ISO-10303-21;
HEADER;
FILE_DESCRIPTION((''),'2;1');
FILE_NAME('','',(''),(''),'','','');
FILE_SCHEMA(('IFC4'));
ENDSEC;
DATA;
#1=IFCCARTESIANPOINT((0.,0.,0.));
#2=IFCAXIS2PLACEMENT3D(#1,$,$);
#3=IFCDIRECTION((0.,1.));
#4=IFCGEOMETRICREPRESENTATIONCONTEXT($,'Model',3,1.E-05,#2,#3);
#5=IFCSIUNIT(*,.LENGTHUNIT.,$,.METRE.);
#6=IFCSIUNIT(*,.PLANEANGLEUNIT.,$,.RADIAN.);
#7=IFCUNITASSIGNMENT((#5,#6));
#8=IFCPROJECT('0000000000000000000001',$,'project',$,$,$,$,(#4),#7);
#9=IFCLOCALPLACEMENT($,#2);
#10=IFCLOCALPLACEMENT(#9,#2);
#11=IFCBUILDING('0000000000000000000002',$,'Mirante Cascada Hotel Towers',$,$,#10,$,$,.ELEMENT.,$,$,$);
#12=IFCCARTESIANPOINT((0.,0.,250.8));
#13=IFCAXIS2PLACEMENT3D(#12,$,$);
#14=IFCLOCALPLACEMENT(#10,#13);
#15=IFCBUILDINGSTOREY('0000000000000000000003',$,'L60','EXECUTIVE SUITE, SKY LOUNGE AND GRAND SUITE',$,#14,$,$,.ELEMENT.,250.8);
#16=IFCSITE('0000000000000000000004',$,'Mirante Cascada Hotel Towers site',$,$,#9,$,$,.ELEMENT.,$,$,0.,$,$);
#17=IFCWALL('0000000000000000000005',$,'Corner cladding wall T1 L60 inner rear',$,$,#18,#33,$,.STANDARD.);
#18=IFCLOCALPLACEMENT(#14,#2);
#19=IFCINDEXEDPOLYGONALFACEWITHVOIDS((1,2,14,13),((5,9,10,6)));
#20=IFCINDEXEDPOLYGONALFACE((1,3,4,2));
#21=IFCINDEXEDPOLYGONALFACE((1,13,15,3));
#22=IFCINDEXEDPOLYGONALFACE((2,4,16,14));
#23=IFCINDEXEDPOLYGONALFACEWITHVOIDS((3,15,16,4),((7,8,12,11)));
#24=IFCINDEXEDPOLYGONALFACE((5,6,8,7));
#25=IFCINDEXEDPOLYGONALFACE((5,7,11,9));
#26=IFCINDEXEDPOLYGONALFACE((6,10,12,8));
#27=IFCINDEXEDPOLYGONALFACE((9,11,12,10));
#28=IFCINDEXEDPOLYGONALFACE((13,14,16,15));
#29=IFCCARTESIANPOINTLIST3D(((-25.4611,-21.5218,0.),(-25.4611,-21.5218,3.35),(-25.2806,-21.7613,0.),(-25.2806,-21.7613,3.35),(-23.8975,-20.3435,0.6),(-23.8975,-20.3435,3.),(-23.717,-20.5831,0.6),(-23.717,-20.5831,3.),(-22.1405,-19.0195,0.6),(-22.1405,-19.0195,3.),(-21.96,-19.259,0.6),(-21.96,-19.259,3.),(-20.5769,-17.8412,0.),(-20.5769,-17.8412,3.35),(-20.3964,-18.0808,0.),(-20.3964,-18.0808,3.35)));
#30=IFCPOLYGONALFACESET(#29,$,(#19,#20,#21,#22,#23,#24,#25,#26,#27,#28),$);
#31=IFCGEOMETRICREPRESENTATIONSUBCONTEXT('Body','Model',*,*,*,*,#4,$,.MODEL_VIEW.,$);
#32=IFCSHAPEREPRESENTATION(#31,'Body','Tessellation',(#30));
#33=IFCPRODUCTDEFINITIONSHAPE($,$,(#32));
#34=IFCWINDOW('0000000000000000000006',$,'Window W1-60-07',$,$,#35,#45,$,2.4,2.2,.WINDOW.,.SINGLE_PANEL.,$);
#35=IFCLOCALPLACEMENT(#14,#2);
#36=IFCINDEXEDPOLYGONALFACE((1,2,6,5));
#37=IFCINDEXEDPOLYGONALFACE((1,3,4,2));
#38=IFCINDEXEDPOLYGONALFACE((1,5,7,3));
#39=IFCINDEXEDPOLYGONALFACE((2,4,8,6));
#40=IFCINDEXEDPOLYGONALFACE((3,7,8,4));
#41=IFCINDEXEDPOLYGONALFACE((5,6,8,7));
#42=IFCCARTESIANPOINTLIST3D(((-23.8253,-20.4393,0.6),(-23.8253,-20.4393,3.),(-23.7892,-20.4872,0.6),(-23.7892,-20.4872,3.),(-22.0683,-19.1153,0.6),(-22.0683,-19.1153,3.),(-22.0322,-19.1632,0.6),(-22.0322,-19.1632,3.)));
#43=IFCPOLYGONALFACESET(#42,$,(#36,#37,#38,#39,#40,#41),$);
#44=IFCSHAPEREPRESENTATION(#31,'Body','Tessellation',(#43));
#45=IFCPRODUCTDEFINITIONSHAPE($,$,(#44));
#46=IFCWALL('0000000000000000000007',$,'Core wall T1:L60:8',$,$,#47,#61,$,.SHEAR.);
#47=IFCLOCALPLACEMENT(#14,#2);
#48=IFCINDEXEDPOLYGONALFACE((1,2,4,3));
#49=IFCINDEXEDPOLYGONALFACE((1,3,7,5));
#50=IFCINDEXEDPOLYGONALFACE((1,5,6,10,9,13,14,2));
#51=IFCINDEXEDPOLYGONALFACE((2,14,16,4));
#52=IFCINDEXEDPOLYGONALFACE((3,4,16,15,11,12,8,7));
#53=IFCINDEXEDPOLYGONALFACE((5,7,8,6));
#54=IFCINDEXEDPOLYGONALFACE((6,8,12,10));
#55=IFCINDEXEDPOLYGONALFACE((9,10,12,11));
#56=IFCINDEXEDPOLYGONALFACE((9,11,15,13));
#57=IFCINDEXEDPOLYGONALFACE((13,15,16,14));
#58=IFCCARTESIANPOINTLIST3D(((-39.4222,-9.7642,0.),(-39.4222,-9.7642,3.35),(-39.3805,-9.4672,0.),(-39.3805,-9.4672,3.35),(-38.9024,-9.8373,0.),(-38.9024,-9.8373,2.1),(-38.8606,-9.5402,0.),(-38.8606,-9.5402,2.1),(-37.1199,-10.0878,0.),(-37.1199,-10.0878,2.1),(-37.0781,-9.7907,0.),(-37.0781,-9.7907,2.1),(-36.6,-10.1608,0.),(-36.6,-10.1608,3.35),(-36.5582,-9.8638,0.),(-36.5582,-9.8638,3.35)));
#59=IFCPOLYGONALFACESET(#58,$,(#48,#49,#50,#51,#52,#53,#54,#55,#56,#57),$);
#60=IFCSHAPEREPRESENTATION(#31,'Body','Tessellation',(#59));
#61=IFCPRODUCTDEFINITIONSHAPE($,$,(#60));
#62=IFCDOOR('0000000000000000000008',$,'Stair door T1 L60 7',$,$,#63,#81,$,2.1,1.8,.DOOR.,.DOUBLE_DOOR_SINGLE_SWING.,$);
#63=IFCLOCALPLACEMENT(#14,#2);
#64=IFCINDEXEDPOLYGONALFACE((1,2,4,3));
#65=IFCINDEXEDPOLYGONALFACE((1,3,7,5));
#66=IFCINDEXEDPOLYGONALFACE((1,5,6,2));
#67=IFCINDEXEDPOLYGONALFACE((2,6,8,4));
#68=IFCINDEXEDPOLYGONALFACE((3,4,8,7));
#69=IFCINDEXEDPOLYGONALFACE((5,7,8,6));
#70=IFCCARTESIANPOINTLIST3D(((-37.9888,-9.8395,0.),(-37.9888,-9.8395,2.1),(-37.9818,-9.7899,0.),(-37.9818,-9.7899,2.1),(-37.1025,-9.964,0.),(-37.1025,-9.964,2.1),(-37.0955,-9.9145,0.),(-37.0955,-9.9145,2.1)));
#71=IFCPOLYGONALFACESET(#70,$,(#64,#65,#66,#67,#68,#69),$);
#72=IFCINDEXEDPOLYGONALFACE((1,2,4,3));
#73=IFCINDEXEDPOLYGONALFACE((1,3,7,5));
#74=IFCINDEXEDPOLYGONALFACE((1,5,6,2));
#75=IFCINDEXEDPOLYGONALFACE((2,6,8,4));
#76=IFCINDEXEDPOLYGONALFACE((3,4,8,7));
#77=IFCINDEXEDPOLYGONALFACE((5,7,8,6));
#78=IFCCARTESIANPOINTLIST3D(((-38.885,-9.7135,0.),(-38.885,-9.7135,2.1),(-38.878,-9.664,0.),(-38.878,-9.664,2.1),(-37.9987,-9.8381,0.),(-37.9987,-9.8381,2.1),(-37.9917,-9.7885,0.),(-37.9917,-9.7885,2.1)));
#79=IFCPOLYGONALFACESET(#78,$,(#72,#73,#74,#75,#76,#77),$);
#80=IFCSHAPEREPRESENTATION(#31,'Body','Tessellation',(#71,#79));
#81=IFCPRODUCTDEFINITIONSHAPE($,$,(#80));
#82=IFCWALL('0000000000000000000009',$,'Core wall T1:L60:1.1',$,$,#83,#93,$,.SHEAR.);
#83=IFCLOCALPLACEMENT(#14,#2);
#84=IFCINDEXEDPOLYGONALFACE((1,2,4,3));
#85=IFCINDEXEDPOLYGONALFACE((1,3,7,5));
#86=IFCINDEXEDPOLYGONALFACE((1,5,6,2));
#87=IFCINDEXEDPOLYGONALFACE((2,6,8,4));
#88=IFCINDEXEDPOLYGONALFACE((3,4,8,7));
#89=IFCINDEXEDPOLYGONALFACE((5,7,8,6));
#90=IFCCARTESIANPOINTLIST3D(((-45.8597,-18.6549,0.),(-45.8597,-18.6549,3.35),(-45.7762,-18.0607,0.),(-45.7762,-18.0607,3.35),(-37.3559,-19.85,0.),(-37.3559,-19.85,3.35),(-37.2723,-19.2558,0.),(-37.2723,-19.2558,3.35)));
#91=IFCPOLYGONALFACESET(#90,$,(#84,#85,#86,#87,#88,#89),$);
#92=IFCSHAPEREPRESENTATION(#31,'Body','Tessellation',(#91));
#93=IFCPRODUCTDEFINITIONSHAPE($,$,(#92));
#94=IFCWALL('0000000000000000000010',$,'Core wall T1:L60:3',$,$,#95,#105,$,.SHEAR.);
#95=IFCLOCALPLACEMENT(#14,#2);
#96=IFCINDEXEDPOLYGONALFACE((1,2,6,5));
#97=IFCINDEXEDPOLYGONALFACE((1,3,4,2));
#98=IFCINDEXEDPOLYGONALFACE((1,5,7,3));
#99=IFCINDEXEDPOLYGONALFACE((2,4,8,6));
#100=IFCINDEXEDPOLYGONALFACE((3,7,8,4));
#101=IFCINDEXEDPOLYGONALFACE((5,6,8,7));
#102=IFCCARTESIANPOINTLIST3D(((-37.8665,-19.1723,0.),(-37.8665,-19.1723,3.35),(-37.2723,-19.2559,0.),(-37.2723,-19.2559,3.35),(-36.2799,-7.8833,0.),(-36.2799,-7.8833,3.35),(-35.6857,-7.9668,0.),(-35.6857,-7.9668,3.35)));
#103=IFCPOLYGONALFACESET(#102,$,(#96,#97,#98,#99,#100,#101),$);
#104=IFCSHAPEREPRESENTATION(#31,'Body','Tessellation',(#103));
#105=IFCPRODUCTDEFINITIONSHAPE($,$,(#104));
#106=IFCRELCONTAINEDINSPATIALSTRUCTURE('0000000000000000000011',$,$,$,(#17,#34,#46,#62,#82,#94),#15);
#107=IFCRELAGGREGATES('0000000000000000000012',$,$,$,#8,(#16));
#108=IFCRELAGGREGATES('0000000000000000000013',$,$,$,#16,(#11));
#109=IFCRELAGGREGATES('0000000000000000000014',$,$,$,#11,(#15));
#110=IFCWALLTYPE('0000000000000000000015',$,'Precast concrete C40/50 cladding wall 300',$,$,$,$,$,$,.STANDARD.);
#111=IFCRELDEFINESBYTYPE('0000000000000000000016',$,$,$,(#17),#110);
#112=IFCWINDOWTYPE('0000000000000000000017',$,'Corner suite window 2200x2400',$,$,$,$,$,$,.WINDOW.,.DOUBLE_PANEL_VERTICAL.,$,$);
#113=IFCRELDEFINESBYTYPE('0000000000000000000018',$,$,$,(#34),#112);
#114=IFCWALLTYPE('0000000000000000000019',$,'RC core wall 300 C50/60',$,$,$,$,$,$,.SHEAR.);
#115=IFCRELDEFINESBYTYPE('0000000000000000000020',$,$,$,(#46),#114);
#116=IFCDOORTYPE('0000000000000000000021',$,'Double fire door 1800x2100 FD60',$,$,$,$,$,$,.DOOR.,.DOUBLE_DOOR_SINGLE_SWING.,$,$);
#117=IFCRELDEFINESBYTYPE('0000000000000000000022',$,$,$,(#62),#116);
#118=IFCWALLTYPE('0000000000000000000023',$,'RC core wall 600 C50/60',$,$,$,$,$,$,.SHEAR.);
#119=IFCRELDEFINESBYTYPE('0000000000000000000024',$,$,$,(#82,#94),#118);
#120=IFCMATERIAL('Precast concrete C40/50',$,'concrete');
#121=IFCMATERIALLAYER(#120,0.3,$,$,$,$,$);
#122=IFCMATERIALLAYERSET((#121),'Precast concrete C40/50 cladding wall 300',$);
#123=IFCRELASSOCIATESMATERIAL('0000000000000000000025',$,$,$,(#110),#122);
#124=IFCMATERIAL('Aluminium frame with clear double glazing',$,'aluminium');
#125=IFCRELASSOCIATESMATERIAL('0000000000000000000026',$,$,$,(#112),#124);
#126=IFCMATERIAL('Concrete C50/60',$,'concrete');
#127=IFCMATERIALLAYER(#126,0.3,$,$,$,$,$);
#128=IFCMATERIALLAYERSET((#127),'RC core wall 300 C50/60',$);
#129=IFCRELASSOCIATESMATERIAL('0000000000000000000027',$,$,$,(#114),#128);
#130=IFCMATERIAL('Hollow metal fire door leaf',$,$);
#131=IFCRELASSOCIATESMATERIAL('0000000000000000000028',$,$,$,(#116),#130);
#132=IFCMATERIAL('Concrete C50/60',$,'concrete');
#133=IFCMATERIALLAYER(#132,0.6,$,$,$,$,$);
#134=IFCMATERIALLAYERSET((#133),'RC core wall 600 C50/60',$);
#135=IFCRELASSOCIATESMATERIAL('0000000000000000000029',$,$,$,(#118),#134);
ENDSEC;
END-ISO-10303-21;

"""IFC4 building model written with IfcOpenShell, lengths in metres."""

from ifc_helpers import new_model, si_unit, direction, frame, frame_2d, origin, place, context, subcontext, project, spatial, rectangle, extrude, material, layer, layer_set, type_object, element, fill, save


model = new_model("IFC4")

# Units and contexts
model_context = context("Model", 3, precision=1e-05, world=origin(), true_north=direction((0.0, 1.0)))
body_context = subcontext(model_context, "Body", "Model", "MODEL_VIEW")
ifc_project = project(units=[si_unit("LENGTHUNIT", "METRE"), si_unit("PLANEANGLEUNIT", "RADIAN")], contexts=[model_context])

# Site, building, storey
site_placement = place(None, origin())
site = spatial("IfcSite", under=ifc_project, at=site_placement, Name="Mirante Cascada Hotel Towers site", CompositionType="ELEMENT", RefElevation=0.0)
building_placement = place(site_placement, origin())
building = spatial("IfcBuilding", under=site, at=building_placement, Name="Mirante Cascada Hotel Towers", CompositionType="ELEMENT")
storey_placement = place(building_placement, frame((0.0, 0.0, 250.8)))
storey = spatial("IfcBuildingStorey", under=building, at=storey_placement, Name="L60", Description="EXECUTIVE SUITE, SKY LOUNGE AND GRAND SUITE", CompositionType="ELEMENT", Elevation=250.8)

# Shared definitions
ifc_material_1 = material(Name="Precast concrete C40/50", Category="concrete")
ifc_layer_1 = layer(ifc_material_1, 0.3)
ifc_layer_set_1 = layer_set([ifc_layer_1], Name="Precast concrete C40/50 cladding wall 300")
wall_type_1 = type_object("IfcWallType", Name="Precast concrete C40/50 cladding wall 300", PredefinedType="STANDARD", material=ifc_layer_set_1)

# Wall, opening, window
wall_1_placement = place(storey_placement, frame((-20.4867, -17.961, 0.0), z_axis=(0.0, 0.0, 1.0), x_axis=(-0.798628, -0.601824, 0.0)))
wall_1 = element("IfcWall", 1, at=wall_1_placement, inside=storey, type_object=wall_type_1, Name="Corner cladding wall T1 L60 inner rear", PredefinedType="STANDARD", context=body_context, shape_type="SweptSolid", body=[
    extrude(rectangle(XDim=6.1157, YDim=0.3, at=frame_2d((3.0578, 0.0))), origin(), (0.0, 0.0, 1.0), 3.35),
])
opening_1_placement = place(wall_1_placement, frame((1.9578, 0.0, 0.6)))
opening_1 = element("IfcOpeningElement", 2, at=opening_1_placement, cuts=wall_1, PredefinedType="OPENING", context=body_context, shape_type="SweptSolid", body=[
    extrude(rectangle(XDim=2.2, YDim=2.4, at=frame_2d((1.1, 1.2))), frame((0.0, 0.15, 0.0), z_axis=(0.0, -1.0, 0.0), x_axis=(1.0, 0.0, 0.0)), (0.0, 0.0, 1.0), 0.3),
])
ifc_material_2 = material(Name="Aluminium frame with clear double glazing", Category="aluminium")
window_type_1 = type_object("IfcWindowType", Name="Corner suite window 2200x2400", PartitioningType="DOUBLE_PANEL_VERTICAL", PredefinedType="WINDOW", material=ifc_material_2)
window_1_placement = place(opening_1_placement, origin())
window_1 = element("IfcWindow", 3, at=window_1_placement, inside=storey, type_object=window_type_1, Name="Window W1-60-07", OverallHeight=2.4, OverallWidth=2.2, PartitioningType="SINGLE_PANEL", PredefinedType="WINDOW", context=body_context, shape_type="SweptSolid", body=[
    extrude(rectangle(XDim=2.2, YDim=2.4, at=frame_2d((1.1, 1.2))), frame((0.0, 0.03, 0.0), z_axis=(0.0, -1.0, 0.0), x_axis=(1.0, 0.0, 0.0)), (0.0, 0.0, 1.0), 0.06),
])
fill(opening_1, window_1)

# Wall, opening, door
ifc_material_3 = material(Name="Concrete C50/60", Category="concrete")
ifc_layer_2 = layer(ifc_material_3, 0.3)
ifc_layer_set_2 = layer_set([ifc_layer_2], Name="RC core wall 300 C50/60")
wall_type_2 = type_object("IfcWallType", Name="RC core wall 300 C50/60", PredefinedType="SHEAR", material=ifc_layer_set_2)
wall_2_placement = place(storey_placement, frame((-36.5791, -10.0123, 0.0), z_axis=(0.0, 0.0, 1.0), x_axis=(-0.99027, 0.139156, 0.0)))
wall_2 = element("IfcWall", 4, at=wall_2_placement, inside=storey, type_object=wall_type_2, Name="Core wall T1:L60:8", PredefinedType="SHEAR", context=body_context, shape_type="SweptSolid", body=[
    extrude(rectangle(XDim=2.85, YDim=0.3, at=frame_2d((1.425, 0.0))), origin(), (0.0, 0.0, 1.0), 3.35),
])
opening_2_placement = place(wall_2_placement, frame((0.525, 0.0, 0.0)))
opening_2 = element("IfcOpeningElement", 5, at=opening_2_placement, cuts=wall_2, PredefinedType="OPENING", context=body_context, shape_type="SweptSolid", body=[
    extrude(rectangle(XDim=1.8, YDim=2.1, at=frame_2d((0.9, 1.05))), frame((0.0, 0.15, 0.0), z_axis=(0.0, -1.0, 0.0), x_axis=(1.0, 0.0, 0.0)), (0.0, 0.0, 1.0), 0.3),
])
ifc_material_4 = material(Name="Hollow metal fire door leaf")
door_type_1 = type_object("IfcDoorType", Name="Double fire door 1800x2100 FD60", OperationType="DOUBLE_DOOR_SINGLE_SWING", PredefinedType="DOOR", material=ifc_material_4)
door_1_placement = place(opening_2_placement, origin())
door_1 = element("IfcDoor", 6, at=door_1_placement, inside=storey, type_object=door_type_1, Name="Stair door T1 L60 7", OperationType="DOUBLE_DOOR_SINGLE_SWING", OverallHeight=2.1, OverallWidth=1.8, PredefinedType="DOOR", context=body_context, shape_type="SweptSolid", body=[
    extrude(rectangle(XDim=0.895, YDim=2.1, at=frame_2d((0.4475, 1.05))), frame((0.0, 0.025, 0.0), z_axis=(0.0, -1.0, 0.0), x_axis=(1.0, 0.0, 0.0)), (0.0, 0.0, 1.0), 0.05),
    extrude(rectangle(XDim=0.895, YDim=2.1, at=frame_2d((1.3525, 1.05))), frame((0.0, 0.025, 0.0), z_axis=(0.0, -1.0, 0.0), x_axis=(1.0, 0.0, 0.0)), (0.0, 0.0, 1.0), 0.05),
])
fill(opening_2, door_1)

# Walls
ifc_material_5 = material(Name="Concrete C50/60", Category="concrete")
ifc_layer_3 = layer(ifc_material_5, 0.6)
ifc_layer_set_3 = layer_set([ifc_layer_3], Name="RC core wall 600 C50/60")
wall_type_3 = type_object("IfcWallType", Name="RC core wall 600 C50/60", PredefinedType="SHEAR", material=ifc_layer_set_3)
wall_3_placement = place(storey_placement, frame((-37.3141, -19.5529, 0.0), z_axis=(0.0, 0.0, 1.0), x_axis=(-0.990269, 0.13917, 0.0)))
element("IfcWall", 7, at=wall_3_placement, inside=storey, type_object=wall_type_3, Name="Core wall T1:L60:1.1", PredefinedType="SHEAR", context=body_context, shape_type="SweptSolid", body=[
    extrude(rectangle(XDim=8.5874, YDim=0.6, at=frame_2d((4.2937, 0.0))), origin(), (0.0, 0.0, 1.0), 3.35),
])
wall_4_placement = place(storey_placement, frame((-37.5694, -19.2141, 0.0), z_axis=(0.0, 0.0, 1.0), x_axis=(0.139175, 0.990268, 0.0)))
element("IfcWall", 8, at=wall_4_placement, inside=storey, type_object=wall_type_3, Name="Core wall T1:L60:3", PredefinedType="SHEAR", context=body_context, shape_type="SweptSolid", body=[
    extrude(rectangle(XDim=11.4, YDim=0.6, at=frame_2d((5.7, 0.0))), origin(), (0.0, 0.0, 1.0), 3.35),
])

save(model, "model.ifc")
